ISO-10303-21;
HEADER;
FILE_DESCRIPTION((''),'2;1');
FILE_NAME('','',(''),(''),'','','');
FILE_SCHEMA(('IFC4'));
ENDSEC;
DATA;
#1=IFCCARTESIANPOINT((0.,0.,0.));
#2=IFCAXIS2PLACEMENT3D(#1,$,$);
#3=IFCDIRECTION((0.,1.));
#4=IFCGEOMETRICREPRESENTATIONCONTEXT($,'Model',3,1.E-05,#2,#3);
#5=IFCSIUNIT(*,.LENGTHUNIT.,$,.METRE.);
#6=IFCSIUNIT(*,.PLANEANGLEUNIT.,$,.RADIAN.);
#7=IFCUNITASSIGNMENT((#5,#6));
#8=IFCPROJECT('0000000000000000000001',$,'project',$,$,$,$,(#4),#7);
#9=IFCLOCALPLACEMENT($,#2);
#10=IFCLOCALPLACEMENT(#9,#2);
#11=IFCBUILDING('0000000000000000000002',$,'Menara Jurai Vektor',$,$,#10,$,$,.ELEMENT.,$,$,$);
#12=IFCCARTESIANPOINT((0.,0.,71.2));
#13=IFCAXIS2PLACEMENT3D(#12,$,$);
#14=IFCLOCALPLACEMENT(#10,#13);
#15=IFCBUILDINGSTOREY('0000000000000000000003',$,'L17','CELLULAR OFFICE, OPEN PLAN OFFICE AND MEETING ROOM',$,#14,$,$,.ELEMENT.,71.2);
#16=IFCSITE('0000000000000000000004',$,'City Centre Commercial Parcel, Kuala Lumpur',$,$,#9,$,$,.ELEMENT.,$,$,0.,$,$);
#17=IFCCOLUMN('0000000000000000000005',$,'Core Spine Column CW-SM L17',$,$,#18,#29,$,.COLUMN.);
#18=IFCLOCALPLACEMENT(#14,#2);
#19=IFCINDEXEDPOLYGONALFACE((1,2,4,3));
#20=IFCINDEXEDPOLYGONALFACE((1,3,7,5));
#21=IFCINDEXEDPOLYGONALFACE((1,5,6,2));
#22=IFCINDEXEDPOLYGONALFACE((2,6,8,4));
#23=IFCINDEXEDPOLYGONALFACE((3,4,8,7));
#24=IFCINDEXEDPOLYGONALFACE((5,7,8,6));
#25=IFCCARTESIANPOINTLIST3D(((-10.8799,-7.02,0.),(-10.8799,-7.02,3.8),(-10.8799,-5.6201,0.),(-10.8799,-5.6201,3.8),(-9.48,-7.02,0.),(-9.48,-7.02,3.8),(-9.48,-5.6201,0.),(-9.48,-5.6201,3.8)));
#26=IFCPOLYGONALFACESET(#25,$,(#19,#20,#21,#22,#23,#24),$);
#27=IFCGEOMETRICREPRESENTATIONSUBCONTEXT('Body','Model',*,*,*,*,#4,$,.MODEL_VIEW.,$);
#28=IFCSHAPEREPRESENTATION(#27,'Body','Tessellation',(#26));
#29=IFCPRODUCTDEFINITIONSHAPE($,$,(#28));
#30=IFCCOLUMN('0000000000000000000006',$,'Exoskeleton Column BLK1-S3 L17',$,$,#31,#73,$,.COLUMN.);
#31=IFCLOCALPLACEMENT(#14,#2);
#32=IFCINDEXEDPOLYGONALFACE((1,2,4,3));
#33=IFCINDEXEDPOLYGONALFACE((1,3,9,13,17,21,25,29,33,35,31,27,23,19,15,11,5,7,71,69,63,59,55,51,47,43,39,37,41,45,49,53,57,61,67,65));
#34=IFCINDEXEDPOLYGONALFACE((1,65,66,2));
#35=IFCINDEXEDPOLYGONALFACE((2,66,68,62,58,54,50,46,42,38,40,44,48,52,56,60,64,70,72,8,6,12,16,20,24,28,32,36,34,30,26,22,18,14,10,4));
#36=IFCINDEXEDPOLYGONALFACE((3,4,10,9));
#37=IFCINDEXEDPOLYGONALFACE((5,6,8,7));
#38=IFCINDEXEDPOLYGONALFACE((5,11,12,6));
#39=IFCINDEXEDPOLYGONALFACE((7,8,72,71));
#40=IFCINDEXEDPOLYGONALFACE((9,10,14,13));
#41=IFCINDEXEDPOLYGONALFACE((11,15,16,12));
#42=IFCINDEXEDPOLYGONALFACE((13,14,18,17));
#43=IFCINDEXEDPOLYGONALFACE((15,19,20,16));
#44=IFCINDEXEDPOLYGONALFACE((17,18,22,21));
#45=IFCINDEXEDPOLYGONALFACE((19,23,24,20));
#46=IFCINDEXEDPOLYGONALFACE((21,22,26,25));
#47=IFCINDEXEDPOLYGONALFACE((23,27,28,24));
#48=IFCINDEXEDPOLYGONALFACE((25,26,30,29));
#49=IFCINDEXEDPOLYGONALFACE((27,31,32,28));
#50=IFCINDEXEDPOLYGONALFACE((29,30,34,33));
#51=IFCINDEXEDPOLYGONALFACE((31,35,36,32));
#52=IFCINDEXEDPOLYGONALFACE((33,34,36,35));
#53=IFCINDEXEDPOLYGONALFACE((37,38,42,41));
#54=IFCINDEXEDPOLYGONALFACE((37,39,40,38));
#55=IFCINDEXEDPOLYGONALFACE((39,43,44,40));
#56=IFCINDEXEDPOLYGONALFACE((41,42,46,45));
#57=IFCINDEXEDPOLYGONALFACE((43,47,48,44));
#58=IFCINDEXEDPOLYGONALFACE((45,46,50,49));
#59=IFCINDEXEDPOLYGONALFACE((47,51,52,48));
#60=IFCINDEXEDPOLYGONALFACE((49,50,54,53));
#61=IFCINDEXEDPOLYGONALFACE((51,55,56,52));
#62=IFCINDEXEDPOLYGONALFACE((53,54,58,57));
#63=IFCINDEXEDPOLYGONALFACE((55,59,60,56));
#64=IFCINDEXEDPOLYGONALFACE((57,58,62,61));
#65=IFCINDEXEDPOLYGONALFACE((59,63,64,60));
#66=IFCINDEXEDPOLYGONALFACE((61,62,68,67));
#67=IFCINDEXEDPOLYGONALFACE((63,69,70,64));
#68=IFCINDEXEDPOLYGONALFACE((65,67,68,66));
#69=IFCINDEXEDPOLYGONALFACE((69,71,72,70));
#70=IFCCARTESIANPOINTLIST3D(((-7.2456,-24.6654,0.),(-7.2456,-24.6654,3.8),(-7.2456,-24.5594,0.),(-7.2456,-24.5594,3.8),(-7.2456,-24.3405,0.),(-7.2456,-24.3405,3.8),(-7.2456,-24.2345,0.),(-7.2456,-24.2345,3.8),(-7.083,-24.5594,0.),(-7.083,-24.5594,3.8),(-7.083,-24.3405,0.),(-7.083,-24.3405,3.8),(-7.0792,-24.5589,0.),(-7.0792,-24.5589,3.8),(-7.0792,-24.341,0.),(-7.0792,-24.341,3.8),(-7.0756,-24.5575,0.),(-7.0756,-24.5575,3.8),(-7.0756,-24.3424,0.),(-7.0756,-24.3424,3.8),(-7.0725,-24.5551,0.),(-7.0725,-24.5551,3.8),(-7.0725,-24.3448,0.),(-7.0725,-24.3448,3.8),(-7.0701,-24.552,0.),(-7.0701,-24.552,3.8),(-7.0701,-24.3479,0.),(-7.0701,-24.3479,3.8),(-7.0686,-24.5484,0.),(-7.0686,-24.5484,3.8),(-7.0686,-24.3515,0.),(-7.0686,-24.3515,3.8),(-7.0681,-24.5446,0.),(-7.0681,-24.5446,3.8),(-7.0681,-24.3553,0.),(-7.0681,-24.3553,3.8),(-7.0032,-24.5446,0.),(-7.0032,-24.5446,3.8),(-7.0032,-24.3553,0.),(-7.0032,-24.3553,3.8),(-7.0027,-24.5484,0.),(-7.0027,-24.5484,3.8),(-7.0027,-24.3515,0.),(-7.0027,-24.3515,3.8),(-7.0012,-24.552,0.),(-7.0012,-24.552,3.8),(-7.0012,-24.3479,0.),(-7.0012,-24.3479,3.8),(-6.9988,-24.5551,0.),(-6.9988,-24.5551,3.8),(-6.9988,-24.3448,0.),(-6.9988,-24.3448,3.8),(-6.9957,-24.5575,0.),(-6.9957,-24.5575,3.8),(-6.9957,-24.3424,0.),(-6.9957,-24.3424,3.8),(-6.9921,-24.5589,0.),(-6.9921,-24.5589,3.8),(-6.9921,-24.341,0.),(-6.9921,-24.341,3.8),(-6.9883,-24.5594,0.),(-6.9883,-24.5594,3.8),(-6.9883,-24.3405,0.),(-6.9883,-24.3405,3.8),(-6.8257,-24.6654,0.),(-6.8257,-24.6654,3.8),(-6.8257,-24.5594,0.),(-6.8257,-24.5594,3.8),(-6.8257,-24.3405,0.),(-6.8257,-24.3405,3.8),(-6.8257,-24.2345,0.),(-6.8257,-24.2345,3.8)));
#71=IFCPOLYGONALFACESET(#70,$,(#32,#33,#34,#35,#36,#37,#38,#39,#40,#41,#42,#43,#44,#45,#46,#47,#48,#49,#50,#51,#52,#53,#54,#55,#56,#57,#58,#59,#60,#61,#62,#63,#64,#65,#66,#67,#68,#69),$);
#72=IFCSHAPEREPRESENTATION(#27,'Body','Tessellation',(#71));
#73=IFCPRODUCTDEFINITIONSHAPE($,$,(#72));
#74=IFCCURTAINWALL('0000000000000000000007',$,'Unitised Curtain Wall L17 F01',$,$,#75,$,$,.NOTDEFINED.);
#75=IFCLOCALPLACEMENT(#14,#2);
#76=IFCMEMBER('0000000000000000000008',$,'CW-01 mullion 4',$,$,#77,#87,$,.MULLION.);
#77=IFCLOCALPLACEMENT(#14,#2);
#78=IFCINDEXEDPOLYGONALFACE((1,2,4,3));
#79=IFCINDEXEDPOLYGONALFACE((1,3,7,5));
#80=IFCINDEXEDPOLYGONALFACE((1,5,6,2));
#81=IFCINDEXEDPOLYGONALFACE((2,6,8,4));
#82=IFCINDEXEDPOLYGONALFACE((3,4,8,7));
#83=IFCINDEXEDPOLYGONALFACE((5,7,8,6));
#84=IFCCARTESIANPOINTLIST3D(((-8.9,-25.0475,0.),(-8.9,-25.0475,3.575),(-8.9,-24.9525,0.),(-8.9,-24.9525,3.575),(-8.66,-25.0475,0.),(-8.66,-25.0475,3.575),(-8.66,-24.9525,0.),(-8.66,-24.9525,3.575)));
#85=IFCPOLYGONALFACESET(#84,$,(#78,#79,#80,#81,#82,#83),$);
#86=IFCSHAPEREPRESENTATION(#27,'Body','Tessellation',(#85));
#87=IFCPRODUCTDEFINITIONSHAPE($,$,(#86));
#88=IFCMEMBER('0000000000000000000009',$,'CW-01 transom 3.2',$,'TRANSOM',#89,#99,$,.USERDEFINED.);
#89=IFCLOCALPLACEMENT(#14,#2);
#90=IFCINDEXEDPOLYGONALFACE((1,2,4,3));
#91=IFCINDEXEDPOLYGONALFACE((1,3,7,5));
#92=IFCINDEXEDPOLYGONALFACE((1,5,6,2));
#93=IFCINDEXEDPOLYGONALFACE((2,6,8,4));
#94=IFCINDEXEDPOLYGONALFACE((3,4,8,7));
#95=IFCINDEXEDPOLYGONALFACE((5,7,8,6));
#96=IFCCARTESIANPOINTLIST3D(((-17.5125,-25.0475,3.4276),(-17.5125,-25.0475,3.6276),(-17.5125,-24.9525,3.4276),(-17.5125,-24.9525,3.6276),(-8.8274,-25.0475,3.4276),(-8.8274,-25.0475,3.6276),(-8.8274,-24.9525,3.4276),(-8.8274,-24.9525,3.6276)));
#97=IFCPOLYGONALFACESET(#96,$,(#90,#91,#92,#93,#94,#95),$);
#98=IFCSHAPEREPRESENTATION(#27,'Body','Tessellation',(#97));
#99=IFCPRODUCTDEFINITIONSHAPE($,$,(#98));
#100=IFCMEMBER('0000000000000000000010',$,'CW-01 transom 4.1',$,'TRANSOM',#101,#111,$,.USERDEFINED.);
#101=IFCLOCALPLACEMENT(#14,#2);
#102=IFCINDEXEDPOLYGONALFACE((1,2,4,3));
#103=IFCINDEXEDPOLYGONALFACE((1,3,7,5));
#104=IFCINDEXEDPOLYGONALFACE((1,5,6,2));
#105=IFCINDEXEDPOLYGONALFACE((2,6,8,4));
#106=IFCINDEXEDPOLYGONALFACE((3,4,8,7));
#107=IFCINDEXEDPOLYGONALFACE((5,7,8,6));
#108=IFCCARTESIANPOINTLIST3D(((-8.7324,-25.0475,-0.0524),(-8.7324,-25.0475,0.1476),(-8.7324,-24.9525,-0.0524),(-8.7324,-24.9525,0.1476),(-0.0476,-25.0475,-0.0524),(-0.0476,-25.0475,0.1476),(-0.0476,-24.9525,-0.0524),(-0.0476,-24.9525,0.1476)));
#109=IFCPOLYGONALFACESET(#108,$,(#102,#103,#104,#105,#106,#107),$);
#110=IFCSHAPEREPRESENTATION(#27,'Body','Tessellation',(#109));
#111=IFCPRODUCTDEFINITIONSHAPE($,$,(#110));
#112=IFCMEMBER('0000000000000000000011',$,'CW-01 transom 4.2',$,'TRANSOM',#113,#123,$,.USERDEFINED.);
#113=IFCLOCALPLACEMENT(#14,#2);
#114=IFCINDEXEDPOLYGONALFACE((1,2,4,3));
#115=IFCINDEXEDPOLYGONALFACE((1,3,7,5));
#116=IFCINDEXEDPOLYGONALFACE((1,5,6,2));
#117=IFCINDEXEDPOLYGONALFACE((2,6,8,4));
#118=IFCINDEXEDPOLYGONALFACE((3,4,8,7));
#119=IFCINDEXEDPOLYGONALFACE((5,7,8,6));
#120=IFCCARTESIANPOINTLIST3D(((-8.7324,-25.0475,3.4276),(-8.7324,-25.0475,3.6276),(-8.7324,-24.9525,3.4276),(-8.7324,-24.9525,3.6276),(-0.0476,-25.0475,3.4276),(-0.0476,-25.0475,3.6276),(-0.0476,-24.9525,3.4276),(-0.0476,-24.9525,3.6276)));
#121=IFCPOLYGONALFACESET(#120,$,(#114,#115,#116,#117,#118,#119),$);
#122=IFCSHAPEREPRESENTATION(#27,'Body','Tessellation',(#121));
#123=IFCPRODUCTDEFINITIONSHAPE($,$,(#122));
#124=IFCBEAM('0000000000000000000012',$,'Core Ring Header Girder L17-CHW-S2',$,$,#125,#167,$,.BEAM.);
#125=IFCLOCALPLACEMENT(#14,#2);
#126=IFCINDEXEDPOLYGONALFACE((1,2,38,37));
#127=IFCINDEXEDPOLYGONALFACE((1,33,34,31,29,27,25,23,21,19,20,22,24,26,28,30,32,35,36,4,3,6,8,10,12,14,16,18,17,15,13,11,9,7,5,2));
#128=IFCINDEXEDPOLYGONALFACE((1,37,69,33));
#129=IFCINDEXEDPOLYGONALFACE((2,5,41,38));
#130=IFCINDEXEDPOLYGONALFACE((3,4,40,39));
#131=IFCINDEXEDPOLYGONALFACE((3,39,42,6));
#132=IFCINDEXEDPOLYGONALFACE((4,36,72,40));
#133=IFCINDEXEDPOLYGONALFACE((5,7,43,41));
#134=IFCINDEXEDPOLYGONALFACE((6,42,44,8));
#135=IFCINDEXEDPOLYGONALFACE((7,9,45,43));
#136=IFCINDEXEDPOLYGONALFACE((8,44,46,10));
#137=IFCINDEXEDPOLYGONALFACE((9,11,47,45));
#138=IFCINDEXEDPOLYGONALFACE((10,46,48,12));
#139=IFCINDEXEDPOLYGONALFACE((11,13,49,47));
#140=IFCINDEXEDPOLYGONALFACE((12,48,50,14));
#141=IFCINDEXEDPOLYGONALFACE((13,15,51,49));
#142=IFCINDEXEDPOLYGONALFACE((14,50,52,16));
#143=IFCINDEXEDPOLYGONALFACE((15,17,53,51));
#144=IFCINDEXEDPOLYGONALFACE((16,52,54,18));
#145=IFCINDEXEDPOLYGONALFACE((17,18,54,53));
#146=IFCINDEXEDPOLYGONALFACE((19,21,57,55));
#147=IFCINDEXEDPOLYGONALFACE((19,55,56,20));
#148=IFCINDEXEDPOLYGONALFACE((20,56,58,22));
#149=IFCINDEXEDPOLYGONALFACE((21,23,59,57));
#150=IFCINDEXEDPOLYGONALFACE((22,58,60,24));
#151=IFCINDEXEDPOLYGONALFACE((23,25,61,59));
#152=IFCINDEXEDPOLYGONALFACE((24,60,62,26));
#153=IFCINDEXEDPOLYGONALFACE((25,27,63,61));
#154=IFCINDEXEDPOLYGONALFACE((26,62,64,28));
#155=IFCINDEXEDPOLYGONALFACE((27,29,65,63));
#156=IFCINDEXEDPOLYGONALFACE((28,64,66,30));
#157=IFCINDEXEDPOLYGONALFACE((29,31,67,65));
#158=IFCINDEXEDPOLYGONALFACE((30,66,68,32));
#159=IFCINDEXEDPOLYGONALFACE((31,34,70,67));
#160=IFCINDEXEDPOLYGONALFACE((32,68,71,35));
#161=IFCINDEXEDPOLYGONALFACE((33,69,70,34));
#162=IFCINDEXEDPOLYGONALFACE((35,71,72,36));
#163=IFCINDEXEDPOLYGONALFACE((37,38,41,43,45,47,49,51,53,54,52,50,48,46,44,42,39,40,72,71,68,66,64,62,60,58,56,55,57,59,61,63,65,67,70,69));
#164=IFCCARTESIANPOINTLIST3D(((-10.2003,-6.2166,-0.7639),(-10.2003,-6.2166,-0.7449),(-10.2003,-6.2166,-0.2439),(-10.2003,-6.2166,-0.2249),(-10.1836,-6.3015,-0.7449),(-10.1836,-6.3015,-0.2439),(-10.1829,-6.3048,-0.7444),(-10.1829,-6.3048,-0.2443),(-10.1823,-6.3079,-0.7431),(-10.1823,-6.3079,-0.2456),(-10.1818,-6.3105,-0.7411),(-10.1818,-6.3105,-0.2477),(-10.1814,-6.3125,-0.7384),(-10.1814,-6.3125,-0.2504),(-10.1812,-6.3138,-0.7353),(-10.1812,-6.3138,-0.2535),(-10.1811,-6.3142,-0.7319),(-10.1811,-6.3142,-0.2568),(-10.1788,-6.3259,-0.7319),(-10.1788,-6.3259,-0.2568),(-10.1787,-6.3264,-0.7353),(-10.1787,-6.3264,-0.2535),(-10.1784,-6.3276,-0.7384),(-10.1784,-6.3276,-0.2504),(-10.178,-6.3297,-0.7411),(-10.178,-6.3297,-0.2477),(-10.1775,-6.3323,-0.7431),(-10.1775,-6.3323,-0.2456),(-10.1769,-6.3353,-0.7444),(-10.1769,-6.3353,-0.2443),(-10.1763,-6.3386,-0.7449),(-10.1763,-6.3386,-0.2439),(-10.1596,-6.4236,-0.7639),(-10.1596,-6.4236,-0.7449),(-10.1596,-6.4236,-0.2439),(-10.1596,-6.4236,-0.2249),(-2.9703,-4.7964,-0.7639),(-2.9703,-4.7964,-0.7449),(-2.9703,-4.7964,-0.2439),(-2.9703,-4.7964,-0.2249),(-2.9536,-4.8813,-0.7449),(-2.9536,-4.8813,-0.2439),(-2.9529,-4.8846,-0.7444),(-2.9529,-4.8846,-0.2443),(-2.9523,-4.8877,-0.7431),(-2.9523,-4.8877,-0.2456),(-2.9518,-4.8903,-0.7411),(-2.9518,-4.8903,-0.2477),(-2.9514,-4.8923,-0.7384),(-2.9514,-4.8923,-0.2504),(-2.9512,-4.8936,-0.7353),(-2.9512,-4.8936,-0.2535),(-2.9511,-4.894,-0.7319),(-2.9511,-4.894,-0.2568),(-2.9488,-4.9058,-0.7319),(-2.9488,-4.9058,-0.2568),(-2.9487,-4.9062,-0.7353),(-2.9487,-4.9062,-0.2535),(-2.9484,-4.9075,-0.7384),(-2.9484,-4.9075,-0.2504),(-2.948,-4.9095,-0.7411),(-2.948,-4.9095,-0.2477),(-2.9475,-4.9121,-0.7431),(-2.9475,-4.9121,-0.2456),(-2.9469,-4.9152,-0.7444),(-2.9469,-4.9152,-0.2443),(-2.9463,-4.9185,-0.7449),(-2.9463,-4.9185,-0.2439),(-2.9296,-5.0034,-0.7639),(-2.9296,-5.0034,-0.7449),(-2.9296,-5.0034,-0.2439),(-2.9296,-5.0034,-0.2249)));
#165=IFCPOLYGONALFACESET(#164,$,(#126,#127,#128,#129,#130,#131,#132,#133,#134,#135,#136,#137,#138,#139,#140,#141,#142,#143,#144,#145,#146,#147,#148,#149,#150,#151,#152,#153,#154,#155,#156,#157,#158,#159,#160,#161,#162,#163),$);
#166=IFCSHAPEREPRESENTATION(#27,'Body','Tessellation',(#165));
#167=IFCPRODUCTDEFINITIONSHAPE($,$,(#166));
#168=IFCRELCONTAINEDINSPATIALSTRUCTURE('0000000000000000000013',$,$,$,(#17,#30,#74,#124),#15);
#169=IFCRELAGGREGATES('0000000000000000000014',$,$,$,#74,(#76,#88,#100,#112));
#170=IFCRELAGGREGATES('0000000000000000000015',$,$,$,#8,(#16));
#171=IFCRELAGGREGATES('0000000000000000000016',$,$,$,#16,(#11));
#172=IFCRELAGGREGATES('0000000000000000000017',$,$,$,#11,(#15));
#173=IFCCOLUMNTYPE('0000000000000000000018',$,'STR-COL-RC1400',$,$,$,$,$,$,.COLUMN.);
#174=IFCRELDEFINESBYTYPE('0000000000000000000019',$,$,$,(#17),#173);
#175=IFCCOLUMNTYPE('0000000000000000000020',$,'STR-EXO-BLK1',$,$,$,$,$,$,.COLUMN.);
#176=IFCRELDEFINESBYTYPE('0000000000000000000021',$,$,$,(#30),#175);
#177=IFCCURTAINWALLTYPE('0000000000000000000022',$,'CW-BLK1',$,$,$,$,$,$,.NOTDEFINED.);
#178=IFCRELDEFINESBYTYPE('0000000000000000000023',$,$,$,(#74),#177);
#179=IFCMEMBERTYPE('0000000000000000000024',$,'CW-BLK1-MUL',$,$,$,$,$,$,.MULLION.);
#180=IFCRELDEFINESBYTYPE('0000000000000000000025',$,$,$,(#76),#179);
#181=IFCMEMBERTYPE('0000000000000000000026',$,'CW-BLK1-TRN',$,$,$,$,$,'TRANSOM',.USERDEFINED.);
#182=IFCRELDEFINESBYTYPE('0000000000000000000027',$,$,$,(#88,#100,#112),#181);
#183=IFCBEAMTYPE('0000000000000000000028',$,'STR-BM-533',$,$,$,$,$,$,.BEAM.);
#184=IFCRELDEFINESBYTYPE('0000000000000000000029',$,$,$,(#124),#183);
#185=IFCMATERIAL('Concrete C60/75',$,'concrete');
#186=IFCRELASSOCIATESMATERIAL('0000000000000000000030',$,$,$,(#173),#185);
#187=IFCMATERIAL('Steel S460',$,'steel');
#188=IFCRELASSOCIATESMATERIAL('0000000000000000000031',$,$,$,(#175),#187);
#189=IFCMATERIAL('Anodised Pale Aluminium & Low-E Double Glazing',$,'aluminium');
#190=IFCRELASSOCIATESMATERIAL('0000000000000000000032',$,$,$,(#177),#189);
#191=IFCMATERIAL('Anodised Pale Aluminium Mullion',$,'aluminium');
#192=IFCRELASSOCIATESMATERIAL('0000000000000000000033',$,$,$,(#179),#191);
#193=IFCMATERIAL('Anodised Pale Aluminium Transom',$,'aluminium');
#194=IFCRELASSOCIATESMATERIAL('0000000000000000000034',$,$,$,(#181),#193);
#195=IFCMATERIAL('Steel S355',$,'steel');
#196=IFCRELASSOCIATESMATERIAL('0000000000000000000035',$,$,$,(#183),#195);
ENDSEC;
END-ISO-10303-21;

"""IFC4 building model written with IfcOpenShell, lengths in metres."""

from ifc_helpers import new_model, si_unit, direction, frame, origin, origin_2d, place, context, subcontext, project, spatial, rectangle, i_section, extrude, material, material_profile, profile_set, type_object, element, aggregate, save


model = new_model("IFC4")

# Units and contexts
model_context = context("Model", 3, precision=1e-05, world=origin(), true_north=direction((0.0, 1.0)))
body_context = subcontext(model_context, "Body", "Model", "MODEL_VIEW")
ifc_project = project(units=[si_unit("LENGTHUNIT", "METRE"), si_unit("PLANEANGLEUNIT", "RADIAN")], contexts=[model_context])

# Site, building, storey
site_placement = place(None, origin())
site = spatial("IfcSite", under=ifc_project, at=site_placement, Name="City Centre Commercial Parcel, Kuala Lumpur", CompositionType="ELEMENT", RefElevation=0.0)
building_placement = place(site_placement, origin())
building = spatial("IfcBuilding", under=site, at=building_placement, Name="Menara Jurai Vektor", CompositionType="ELEMENT")
storey_placement = place(building_placement, frame((0.0, 0.0, 71.2)))
storey = spatial("IfcBuildingStorey", under=building, at=storey_placement, Name="L17", Description="CELLULAR OFFICE, OPEN PLAN OFFICE AND MEETING ROOM", CompositionType="ELEMENT", Elevation=71.2)

# Columns
ifc_material_1 = material(Name="Concrete C60/75", Category="concrete")
ifc_material_profile_1 = material_profile(ifc_material_1, rectangle(XDim=1.3999, YDim=1.3999, at=origin_2d()), Name="RC 1400x1400")
ifc_profile_set_1 = profile_set([ifc_material_profile_1], Name="Concrete C60/75")
column_type_1 = type_object("IfcColumnType", Name="STR-COL-RC1400", PredefinedType="COLUMN", material=ifc_profile_set_1)
column_1_placement = place(storey_placement, frame((-10.1799, -6.3201, 0.0), z_axis=(0.0, 0.0, 1.0), x_axis=(1.0, 0.0, 0.0)))
element("IfcColumn", 1, at=column_1_placement, inside=storey, type_object=column_type_1, Name="Core Spine Column CW-SM L17", PredefinedType="COLUMN", context=body_context, shape_type="SweptSolid", body=[
    extrude(rectangle(XDim=1.3999, YDim=1.3999, at=origin_2d()), origin(), (0.0, 0.0, 1.0), 3.8),
])
ifc_material_2 = material(Name="Steel S460", Category="steel")
ifc_material_profile_2 = material_profile(ifc_material_2, i_section(OverallWidth=0.4199, OverallDepth=0.4309, WebThickness=0.0649, FlangeThickness=0.106, FilletRadius=0.0149, at=origin_2d()), Name="HD 400x900")
ifc_profile_set_2 = profile_set([ifc_material_profile_2], Name="Steel S460")
column_type_2 = type_object("IfcColumnType", Name="STR-EXO-BLK1", PredefinedType="COLUMN", material=ifc_profile_set_2)
column_2_placement = place(storey_placement, frame((-7.0356, -24.45, 0.0), z_axis=(0.0, 0.0, 1.0), x_axis=(1.0, 0.0, 0.0)))
element("IfcColumn", 2, at=column_2_placement, inside=storey, type_object=column_type_2, Name="Exoskeleton Column BLK1-S3 L17", PredefinedType="COLUMN", context=body_context, shape_type="SweptSolid", body=[
    extrude(i_section(OverallWidth=0.4199, OverallDepth=0.4309, WebThickness=0.0649, FlangeThickness=0.106, FilletRadius=0.0149, at=origin_2d()), origin(), (0.0, 0.0, 1.0), 3.8),
])

# Curtain wall, members
ifc_material_3 = material(Name="Anodised Pale Aluminium & Low-E Double Glazing", Category="aluminium")
curtain_wall_type = type_object("IfcCurtainWallType", Name="CW-BLK1", PredefinedType="NOTDEFINED", material=ifc_material_3)
curtain_wall_placement = place(storey_placement, origin())
curtain_wall = element("IfcCurtainWall", 3, at=curtain_wall_placement, inside=storey, type_object=curtain_wall_type, Name="Unitised Curtain Wall L17 F01", PredefinedType="NOTDEFINED")
ifc_material_4 = material(Name="Anodised Pale Aluminium Mullion", Category="aluminium")
ifc_material_profile_3 = material_profile(ifc_material_4, rectangle(XDim=0.095, YDim=0.24, at=origin_2d()), Name="ALU MUL 95x240")
ifc_profile_set_3 = profile_set([ifc_material_profile_3], Name="Anodised Pale Aluminium Mullion")
member_type_1 = type_object("IfcMemberType", Name="CW-BLK1-MUL", PredefinedType="MULLION", material=ifc_profile_set_3)
member_1_placement = place(storey_placement, frame((-8.78, -25.0, 0.0), z_axis=(0.0, 0.0, 1.0), x_axis=(0.0, 1.0, 0.0)))
member_1 = element("IfcMember", 4, at=member_1_placement, type_object=member_type_1, Name="CW-01 mullion 4", PredefinedType="MULLION", context=body_context, shape_type="SweptSolid", body=[
    extrude(rectangle(XDim=0.095, YDim=0.24, at=origin_2d()), origin(), (0.0, 0.0, 1.0), 3.575),
])
ifc_material_5 = material(Name="Anodised Pale Aluminium Transom", Category="aluminium")
ifc_material_profile_4 = material_profile(ifc_material_5, rectangle(XDim=0.095, YDim=0.2, at=origin_2d()), Name="ALU TRN 95x200")
ifc_profile_set_4 = profile_set([ifc_material_profile_4], Name="Anodised Pale Aluminium Transom")
member_type_2 = type_object("IfcMemberType", Name="CW-BLK1-TRN", ElementType="TRANSOM", PredefinedType="USERDEFINED", material=ifc_profile_set_4)
member_2_placement = place(storey_placement, frame((-17.5125, -25.0, 3.5276), z_axis=(1.0, 0.0, 0.0), x_axis=(0.0, 1.0, 0.0)))
member_2 = element("IfcMember", 5, at=member_2_placement, type_object=member_type_2, Name="CW-01 transom 3.2", ObjectType="TRANSOM", PredefinedType="USERDEFINED", context=body_context, shape_type="SweptSolid", body=[
    extrude(rectangle(XDim=0.095, YDim=0.2, at=origin_2d()), origin(), (0.0, 0.0, 1.0), 8.6851),
])
member_3_placement = place(storey_placement, frame((-8.7324, -25.0, 0.0476), z_axis=(1.0, 0.0, 0.0), x_axis=(0.0, 1.0, 0.0)))
member_3 = element("IfcMember", 6, at=member_3_placement, type_object=member_type_2, Name="CW-01 transom 4.1", ObjectType="TRANSOM", PredefinedType="USERDEFINED", context=body_context, shape_type="SweptSolid", body=[
    extrude(rectangle(XDim=0.095, YDim=0.2, at=origin_2d()), origin(), (0.0, 0.0, 1.0), 8.6848),
])
member_4_placement = place(storey_placement, frame((-8.7324, -25.0, 3.5276), z_axis=(1.0, 0.0, 0.0), x_axis=(0.0, 1.0, 0.0)))
member_4 = element("IfcMember", 7, at=member_4_placement, type_object=member_type_2, Name="CW-01 transom 4.2", ObjectType="TRANSOM", PredefinedType="USERDEFINED", context=body_context, shape_type="SweptSolid", body=[
    extrude(rectangle(XDim=0.095, YDim=0.2, at=origin_2d()), origin(), (0.0, 0.0, 1.0), 8.6848),
])

# Beam
ifc_material_6 = material(Name="Steel S355", Category="steel")
ifc_material_profile_5 = material_profile(ifc_material_6, i_section(OverallWidth=0.2109, OverallDepth=0.5391, WebThickness=0.012, FlangeThickness=0.019, FilletRadius=0.0129, at=origin_2d()), Name="UKB 533x210x109")
ifc_profile_set_5 = profile_set([ifc_material_profile_5], Name="Steel S355")
beam_type_1 = type_object("IfcBeamType", Name="STR-BM-533", PredefinedType="BEAM", material=ifc_profile_set_5)
beam_1_placement = place(storey_placement, frame((-10.1799, -6.3201, -0.4944), z_axis=(0.981249, 0.192744, 0.0), x_axis=(-0.192744, 0.981249, 0.0)))
element("IfcBeam", 8, at=beam_1_placement, inside=storey, type_object=beam_type_1, Name="Core Ring Header Girder L17-CHW-S2", PredefinedType="BEAM", context=body_context, shape_type="SweptSolid", body=[
    extrude(i_section(OverallWidth=0.2109, OverallDepth=0.5391, WebThickness=0.012, FlangeThickness=0.019, FilletRadius=0.0129, at=origin_2d()), origin(), (0.0, 0.0, 1.0), 7.3682),
])

aggregate(curtain_wall, [member_1, member_2, member_3, member_4])

save(model, "model.ifc")
